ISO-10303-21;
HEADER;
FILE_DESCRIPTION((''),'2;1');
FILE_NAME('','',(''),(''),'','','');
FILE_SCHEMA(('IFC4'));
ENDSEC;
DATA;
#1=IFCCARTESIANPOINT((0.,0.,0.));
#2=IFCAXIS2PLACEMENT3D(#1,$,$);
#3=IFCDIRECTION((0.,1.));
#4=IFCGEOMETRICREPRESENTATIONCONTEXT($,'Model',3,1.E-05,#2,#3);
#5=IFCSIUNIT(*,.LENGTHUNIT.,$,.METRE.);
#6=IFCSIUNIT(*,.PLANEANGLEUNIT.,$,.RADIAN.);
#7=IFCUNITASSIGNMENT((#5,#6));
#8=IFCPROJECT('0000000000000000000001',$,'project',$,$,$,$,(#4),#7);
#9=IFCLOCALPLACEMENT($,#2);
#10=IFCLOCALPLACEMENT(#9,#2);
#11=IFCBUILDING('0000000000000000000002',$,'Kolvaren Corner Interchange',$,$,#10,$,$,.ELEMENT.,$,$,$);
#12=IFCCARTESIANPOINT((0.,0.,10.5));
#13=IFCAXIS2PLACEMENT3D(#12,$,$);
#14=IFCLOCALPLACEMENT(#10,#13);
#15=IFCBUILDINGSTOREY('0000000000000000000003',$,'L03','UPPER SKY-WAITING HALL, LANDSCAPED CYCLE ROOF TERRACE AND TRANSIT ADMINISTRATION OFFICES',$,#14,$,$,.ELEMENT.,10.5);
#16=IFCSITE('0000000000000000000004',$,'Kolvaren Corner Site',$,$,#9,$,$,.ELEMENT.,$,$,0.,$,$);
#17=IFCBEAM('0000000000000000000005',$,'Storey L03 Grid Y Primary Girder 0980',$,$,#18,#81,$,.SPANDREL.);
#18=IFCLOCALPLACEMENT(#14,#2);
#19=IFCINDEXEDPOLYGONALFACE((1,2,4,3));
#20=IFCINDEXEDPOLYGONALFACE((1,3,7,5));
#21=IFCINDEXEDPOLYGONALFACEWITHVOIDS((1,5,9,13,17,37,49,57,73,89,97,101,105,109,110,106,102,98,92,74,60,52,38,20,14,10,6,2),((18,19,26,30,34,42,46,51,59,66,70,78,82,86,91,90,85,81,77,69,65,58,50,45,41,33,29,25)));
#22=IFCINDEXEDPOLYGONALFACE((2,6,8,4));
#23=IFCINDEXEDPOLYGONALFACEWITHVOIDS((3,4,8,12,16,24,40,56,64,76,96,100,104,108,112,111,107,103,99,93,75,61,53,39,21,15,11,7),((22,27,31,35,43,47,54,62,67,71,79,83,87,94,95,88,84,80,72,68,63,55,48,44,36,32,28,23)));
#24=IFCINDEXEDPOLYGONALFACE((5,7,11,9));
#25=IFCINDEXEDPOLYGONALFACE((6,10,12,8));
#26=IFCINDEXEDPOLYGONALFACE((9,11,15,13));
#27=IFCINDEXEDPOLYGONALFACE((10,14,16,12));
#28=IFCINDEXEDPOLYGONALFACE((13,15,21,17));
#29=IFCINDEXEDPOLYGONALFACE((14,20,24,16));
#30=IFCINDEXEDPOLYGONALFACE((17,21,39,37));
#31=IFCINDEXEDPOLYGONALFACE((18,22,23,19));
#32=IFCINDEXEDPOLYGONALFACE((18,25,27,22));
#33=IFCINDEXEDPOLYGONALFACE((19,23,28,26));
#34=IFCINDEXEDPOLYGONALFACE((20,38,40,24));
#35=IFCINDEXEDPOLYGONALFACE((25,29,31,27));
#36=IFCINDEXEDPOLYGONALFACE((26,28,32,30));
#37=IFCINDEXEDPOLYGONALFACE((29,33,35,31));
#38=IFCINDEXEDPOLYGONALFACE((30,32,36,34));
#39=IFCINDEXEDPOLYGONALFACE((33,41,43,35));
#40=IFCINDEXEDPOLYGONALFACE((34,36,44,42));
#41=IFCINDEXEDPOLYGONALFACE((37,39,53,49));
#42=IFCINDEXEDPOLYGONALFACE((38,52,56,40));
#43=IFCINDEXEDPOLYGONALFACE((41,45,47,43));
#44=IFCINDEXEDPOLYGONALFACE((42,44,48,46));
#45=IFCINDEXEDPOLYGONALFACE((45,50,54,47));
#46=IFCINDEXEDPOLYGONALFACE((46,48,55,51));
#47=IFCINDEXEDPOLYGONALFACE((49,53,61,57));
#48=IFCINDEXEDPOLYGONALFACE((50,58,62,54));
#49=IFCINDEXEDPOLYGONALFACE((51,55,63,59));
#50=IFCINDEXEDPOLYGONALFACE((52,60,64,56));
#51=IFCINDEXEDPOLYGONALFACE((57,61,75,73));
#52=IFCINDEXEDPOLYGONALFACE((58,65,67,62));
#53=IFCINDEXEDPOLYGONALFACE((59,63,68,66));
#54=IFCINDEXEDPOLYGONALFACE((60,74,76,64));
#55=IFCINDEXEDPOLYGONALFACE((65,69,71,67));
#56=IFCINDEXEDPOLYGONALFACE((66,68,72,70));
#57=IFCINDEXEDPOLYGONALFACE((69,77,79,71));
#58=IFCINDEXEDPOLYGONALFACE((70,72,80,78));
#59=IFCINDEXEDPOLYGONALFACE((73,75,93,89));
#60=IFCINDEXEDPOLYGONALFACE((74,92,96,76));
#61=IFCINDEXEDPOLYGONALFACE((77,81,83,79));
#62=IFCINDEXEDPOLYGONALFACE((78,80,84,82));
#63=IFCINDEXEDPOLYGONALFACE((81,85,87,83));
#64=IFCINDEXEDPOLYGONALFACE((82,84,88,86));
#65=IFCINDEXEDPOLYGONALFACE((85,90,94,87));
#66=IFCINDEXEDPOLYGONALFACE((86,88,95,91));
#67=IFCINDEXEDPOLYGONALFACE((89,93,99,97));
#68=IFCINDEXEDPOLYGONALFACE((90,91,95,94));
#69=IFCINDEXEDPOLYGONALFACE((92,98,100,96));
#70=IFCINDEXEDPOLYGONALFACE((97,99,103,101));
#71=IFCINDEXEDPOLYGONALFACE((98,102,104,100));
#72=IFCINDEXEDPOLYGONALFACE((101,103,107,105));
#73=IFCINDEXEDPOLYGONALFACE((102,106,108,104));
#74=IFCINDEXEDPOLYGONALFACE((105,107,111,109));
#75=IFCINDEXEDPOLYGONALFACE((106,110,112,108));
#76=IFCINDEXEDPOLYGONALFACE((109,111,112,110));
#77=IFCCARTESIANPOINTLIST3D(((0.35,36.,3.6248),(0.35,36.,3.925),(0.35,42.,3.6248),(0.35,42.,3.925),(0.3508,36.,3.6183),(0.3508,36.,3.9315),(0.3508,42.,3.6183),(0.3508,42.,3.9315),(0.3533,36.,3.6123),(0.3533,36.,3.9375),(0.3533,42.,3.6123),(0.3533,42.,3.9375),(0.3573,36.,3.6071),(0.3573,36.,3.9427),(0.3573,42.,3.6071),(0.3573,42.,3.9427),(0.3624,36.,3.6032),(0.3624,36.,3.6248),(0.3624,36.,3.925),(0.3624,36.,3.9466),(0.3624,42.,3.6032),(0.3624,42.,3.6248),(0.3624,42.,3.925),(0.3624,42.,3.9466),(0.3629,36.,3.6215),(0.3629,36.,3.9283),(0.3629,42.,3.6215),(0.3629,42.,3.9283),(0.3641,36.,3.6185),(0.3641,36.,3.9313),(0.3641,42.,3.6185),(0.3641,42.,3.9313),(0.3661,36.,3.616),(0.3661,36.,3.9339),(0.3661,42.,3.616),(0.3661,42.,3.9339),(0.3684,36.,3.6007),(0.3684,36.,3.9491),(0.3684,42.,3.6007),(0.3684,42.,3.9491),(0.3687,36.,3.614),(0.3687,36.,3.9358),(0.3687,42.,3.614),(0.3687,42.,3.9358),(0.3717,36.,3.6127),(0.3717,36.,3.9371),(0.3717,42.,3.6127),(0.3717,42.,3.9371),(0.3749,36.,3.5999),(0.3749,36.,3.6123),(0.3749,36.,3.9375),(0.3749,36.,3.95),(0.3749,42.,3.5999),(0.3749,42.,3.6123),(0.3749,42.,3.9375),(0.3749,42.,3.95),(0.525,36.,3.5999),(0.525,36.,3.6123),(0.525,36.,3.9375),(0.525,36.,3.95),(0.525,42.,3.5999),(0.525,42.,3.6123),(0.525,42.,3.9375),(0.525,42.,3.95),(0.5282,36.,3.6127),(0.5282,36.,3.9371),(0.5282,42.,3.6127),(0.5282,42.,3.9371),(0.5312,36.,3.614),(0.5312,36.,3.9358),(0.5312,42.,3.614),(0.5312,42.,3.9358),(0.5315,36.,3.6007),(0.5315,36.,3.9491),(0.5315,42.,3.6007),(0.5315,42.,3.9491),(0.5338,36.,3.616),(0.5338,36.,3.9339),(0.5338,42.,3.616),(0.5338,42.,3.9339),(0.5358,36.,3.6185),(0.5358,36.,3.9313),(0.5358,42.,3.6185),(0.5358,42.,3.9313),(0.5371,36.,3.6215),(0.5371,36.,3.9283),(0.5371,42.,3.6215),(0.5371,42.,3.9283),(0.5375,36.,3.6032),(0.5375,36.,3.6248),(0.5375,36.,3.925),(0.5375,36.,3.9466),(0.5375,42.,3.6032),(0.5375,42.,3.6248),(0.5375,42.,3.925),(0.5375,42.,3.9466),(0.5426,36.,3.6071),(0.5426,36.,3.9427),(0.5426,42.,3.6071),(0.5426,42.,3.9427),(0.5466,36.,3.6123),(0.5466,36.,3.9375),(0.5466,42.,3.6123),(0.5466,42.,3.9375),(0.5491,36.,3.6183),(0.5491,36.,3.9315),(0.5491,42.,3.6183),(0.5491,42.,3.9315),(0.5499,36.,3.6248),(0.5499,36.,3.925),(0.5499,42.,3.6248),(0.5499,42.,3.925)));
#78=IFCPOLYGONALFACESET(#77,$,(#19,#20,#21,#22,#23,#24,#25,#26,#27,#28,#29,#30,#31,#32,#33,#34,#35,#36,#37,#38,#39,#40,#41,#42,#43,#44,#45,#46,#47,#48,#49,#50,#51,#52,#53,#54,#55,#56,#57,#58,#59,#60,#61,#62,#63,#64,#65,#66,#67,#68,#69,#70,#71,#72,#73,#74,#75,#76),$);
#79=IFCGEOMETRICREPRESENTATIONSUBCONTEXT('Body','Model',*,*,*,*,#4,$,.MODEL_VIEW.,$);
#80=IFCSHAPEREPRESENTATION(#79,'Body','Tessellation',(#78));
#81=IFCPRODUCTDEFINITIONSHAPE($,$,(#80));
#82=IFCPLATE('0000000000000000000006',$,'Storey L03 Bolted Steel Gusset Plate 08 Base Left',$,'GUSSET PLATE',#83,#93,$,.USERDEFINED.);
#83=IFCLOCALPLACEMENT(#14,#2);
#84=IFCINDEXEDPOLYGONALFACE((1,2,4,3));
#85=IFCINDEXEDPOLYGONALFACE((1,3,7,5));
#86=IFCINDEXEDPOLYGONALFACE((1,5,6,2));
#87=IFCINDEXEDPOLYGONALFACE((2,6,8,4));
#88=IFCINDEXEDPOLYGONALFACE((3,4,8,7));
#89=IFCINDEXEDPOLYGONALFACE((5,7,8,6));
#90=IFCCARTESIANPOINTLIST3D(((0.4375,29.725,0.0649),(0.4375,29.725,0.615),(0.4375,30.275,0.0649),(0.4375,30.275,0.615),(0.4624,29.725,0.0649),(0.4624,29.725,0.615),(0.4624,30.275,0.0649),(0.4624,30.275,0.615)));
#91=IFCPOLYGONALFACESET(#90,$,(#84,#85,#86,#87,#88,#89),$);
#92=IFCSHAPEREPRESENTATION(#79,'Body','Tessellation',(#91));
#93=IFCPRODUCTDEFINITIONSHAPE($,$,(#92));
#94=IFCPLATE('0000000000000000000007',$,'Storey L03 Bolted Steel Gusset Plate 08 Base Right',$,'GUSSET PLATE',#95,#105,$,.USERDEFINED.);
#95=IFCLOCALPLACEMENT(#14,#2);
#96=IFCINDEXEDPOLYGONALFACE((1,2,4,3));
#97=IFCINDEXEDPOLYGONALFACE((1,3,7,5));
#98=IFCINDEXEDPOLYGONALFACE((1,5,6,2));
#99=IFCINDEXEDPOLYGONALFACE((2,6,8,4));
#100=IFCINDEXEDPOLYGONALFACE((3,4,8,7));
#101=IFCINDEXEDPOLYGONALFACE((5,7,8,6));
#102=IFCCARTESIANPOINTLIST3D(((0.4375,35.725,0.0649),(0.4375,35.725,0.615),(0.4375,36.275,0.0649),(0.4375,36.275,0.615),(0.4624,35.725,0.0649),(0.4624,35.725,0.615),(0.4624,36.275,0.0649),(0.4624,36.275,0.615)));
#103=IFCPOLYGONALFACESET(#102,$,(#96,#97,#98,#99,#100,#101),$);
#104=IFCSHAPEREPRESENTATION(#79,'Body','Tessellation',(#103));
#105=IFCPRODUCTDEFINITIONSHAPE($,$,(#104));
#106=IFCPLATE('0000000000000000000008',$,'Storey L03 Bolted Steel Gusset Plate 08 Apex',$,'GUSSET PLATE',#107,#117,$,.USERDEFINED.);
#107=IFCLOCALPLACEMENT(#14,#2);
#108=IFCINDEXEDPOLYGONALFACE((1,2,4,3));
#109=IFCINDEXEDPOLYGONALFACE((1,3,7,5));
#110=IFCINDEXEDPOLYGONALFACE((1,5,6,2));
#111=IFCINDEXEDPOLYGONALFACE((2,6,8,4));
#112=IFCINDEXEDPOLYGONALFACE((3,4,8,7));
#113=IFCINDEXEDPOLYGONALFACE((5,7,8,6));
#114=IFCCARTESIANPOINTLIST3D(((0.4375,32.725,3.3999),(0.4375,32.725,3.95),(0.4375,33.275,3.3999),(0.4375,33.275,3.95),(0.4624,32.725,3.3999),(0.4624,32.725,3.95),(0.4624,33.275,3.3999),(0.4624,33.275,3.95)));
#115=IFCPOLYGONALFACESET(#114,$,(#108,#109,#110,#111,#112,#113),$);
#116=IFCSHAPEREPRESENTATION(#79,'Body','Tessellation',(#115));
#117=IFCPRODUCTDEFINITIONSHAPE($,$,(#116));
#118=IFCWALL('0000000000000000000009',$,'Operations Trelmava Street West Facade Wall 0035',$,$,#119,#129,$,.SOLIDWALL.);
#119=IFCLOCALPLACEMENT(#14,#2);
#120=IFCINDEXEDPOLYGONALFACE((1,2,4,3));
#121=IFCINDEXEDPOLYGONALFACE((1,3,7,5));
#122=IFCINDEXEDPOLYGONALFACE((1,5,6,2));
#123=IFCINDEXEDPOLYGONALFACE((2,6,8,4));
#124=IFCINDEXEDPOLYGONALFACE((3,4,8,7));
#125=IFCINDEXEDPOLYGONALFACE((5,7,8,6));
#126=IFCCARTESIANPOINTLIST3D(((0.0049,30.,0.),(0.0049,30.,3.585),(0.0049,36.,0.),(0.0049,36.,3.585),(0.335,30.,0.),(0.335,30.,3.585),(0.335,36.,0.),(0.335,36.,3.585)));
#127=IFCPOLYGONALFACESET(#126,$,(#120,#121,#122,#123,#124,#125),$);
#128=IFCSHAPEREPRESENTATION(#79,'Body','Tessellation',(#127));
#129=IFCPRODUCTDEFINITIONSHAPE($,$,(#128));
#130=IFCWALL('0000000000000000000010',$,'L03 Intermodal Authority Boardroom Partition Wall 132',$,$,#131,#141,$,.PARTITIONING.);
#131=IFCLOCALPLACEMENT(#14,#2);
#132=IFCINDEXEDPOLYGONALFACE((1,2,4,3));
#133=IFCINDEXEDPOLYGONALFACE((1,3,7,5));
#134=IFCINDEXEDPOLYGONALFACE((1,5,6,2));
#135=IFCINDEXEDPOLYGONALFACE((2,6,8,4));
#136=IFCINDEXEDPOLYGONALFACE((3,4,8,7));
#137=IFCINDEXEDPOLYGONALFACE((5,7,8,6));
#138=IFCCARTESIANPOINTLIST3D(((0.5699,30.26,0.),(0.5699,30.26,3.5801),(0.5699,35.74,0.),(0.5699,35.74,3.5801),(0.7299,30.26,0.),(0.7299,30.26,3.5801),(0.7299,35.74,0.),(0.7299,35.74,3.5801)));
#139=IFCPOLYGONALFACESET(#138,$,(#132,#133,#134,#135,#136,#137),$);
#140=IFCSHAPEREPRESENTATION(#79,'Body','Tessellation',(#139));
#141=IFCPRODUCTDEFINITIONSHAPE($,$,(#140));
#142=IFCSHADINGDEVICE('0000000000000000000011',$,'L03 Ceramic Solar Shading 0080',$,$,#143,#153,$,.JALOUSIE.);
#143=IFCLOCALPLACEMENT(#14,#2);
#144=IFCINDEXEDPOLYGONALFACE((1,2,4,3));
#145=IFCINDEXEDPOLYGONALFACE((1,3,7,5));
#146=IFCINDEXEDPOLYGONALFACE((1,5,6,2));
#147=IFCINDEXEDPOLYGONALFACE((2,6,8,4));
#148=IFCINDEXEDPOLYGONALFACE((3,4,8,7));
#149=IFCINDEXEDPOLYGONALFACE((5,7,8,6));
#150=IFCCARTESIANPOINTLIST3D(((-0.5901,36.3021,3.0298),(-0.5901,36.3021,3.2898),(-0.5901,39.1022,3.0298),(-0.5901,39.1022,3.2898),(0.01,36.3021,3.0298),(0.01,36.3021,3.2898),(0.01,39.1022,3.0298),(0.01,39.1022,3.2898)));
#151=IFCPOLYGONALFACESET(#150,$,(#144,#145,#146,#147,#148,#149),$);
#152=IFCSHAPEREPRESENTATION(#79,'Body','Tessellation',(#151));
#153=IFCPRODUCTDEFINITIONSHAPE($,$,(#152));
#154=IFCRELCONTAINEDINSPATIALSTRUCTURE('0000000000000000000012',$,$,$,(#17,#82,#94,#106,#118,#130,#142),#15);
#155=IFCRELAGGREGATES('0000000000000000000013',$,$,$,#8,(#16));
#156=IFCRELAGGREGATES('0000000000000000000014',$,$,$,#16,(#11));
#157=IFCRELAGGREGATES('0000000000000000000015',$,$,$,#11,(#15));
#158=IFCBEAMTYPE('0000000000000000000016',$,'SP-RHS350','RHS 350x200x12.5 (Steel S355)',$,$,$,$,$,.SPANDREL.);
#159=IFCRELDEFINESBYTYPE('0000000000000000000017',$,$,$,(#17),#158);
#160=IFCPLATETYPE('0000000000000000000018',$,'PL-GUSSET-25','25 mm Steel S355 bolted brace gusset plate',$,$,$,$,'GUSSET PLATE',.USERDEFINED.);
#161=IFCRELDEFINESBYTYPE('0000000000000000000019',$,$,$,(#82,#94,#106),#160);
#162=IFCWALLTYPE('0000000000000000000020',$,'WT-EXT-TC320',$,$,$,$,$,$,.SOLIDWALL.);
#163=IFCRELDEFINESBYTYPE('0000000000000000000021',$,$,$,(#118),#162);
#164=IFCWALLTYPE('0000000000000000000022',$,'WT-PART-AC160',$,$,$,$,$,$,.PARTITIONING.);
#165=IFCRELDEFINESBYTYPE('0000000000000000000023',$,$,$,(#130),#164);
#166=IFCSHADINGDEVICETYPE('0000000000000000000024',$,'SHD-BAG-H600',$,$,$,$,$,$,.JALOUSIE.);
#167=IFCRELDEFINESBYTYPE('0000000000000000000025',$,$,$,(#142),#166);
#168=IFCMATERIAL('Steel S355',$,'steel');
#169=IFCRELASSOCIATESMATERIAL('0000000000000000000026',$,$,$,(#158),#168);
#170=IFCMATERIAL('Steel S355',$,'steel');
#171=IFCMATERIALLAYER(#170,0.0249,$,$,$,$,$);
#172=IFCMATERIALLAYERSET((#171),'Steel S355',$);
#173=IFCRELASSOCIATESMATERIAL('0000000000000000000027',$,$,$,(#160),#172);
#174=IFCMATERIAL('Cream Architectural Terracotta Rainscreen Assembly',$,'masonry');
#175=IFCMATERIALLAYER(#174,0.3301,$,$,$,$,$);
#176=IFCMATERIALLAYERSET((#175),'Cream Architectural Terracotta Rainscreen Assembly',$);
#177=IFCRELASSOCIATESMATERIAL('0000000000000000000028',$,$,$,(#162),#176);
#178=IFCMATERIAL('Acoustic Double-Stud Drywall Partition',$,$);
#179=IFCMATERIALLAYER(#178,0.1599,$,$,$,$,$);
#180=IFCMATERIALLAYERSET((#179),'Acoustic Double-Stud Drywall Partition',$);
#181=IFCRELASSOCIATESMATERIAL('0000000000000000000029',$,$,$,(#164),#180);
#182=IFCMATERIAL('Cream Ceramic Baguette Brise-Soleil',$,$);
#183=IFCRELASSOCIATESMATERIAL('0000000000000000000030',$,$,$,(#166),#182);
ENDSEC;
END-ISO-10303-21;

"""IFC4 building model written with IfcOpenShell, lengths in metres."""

from ifc_helpers import new_model, si_unit, direction, frame, frame_2d, origin, origin_2d, place, context, subcontext, project, spatial, rectangle, hollow_rectangle, extrude, material, layer, layer_set, material_profile, profile_set, type_object, element, save


model = new_model("IFC4")

# Units and contexts
model_context = context("Model", 3, precision=1e-05, world=origin(), true_north=direction((0.0, 1.0)))
body_context = subcontext(model_context, "Body", "Model", "MODEL_VIEW")
ifc_project = project(units=[si_unit("LENGTHUNIT", "METRE"), si_unit("PLANEANGLEUNIT", "RADIAN")], contexts=[model_context])

# Site, building, storey
site_placement = place(None, origin())
site = spatial("IfcSite", under=ifc_project, at=site_placement, Name="Kolvaren Corner Site", CompositionType="ELEMENT", RefElevation=0.0)
building_placement = place(site_placement, origin())
building = spatial("IfcBuilding", under=site, at=building_placement, Name="Kolvaren Corner Interchange", CompositionType="ELEMENT")
storey_placement = place(building_placement, frame((0.0, 0.0, 10.5)))
storey = spatial("IfcBuildingStorey", under=building, at=storey_placement, Name="L03", Description="UPPER SKY-WAITING HALL, LANDSCAPED CYCLE ROOF TERRACE AND TRANSIT ADMINISTRATION OFFICES", CompositionType="ELEMENT", Elevation=10.5)

# Beam
ifc_material_1 = material(Name="Steel S355", Category="steel")
ifc_material_profile_1 = material_profile(ifc_material_1, hollow_rectangle(XDim=0.2, YDim=0.3501, WallThickness=0.0125, InnerFilletRadius=0.0125, OuterFilletRadius=0.0249, at=origin_2d()), Name="RHS 350x200x12.5")
ifc_profile_set_1 = profile_set([ifc_material_profile_1], Name="Steel S355")
beam_type_1 = type_object("IfcBeamType", Name="SP-RHS350", Description="RHS 350x200x12.5 (Steel S355)", PredefinedType="SPANDREL", material=ifc_profile_set_1)
beam_1_placement = place(storey_placement, frame((0.45, 36.0, 3.7749), z_axis=(0.0, 1.0, 0.0), x_axis=(-1.0, 0.0, 0.0)))
element("IfcBeam", 1, at=beam_1_placement, inside=storey, type_object=beam_type_1, Name="Storey L03 Grid Y Primary Girder 0980", PredefinedType="SPANDREL", context=body_context, shape_type="SweptSolid", body=[
    extrude(hollow_rectangle(XDim=0.2, YDim=0.3501, WallThickness=0.0125, InnerFilletRadius=0.0125, OuterFilletRadius=0.0249, at=origin_2d()), origin(), (0.0, 0.0, 1.0), 6.0),
])

# Plates
ifc_material_2 = material(Name="Steel S355", Category="steel")
ifc_layer_1 = layer(ifc_material_2, 0.0249)
ifc_layer_set_1 = layer_set([ifc_layer_1], Name="Steel S355")
plate_type = type_object("IfcPlateType", Name="PL-GUSSET-25", Description="25 mm Steel S355 bolted brace gusset plate", ElementType="GUSSET PLATE", PredefinedType="USERDEFINED", material=ifc_layer_set_1)
for number, where, z_axis, x_axis, name in (
    (2, (0.45, 30.0, 0.0649), (0.0, 0.0, 1.0), (0.0, 1.0, 0.0), "Storey L03 Bolted Steel Gusset Plate 08 Base Left"),
    (3, (0.45, 36.0, 0.0649), (0.0, 0.0, 1.0), (0.0, 1.0, 0.0), "Storey L03 Bolted Steel Gusset Plate 08 Base Right"),
    (4, (0.45, 33.0, 3.3999), (0.0, 0.0, 1.0), (0.0, 1.0, 0.0), "Storey L03 Bolted Steel Gusset Plate 08 Apex"),
):
    element("IfcPlate", number, at=place(storey_placement, frame(where, z_axis=z_axis, x_axis=x_axis)), inside=storey, type_object=plate_type, Name=name, ObjectType="GUSSET PLATE", PredefinedType="USERDEFINED", context=body_context, shape_type="SweptSolid", body=[
        extrude(rectangle(XDim=0.55, YDim=0.0249, at=origin_2d()), origin(), (0.0, 0.0, 1.0), 0.55),
    ])

# Walls
ifc_material_3 = material(Name="Cream Architectural Terracotta Rainscreen Assembly", Category="masonry")
ifc_layer_2 = layer(ifc_material_3, 0.3301)
ifc_layer_set_2 = layer_set([ifc_layer_2], Name="Cream Architectural Terracotta Rainscreen Assembly")
wall_type_1 = type_object("IfcWallType", Name="WT-EXT-TC320", PredefinedType="SOLIDWALL", material=ifc_layer_set_2)
wall_1_placement = place(storey_placement, frame((0.1699, 36.0, 0.0), z_axis=(0.0, 0.0, 1.0), x_axis=(0.0, -1.0, 0.0)))
element("IfcWall", 5, at=wall_1_placement, inside=storey, type_object=wall_type_1, Name="Operations Trelmava Street West Facade Wall 0035", PredefinedType="SOLIDWALL", context=body_context, shape_type="SweptSolid", body=[
    extrude(rectangle(XDim=6.0, YDim=0.3301, at=frame_2d((3.0, 0.0))), origin(), (0.0, 0.0, 1.0), 3.585),
])
ifc_material_4 = material(Name="Acoustic Double-Stud Drywall Partition")
ifc_layer_3 = layer(ifc_material_4, 0.1599)
ifc_layer_set_3 = layer_set([ifc_layer_3], Name="Acoustic Double-Stud Drywall Partition")
wall_type_2 = type_object("IfcWallType", Name="WT-PART-AC160", PredefinedType="PARTITIONING", material=ifc_layer_set_3)
wall_2_placement = place(storey_placement, frame((0.6499, 35.74, 0.0), z_axis=(0.0, 0.0, 1.0), x_axis=(0.0, -1.0, 0.0)))
element("IfcWall", 6, at=wall_2_placement, inside=storey, type_object=wall_type_2, Name="L03 Intermodal Authority Boardroom Partition Wall 132", PredefinedType="PARTITIONING", context=body_context, shape_type="SweptSolid", body=[
    extrude(rectangle(XDim=5.48, YDim=0.1599, at=frame_2d((2.74, 0.0))), origin(), (0.0, 0.0, 1.0), 3.5801),
])

# Shading device
ifc_material_5 = material(Name="Cream Ceramic Baguette Brise-Soleil")
shading_device_type = type_object("IfcShadingDeviceType", Name="SHD-BAG-H600", PredefinedType="JALOUSIE", material=ifc_material_5)
shading_device_placement = place(storey_placement, frame((-0.29, 37.7021, 3.0298), z_axis=(0.0, 0.0, 1.0), x_axis=(0.0, -1.0, 0.0)))
element("IfcShadingDevice", 7, at=shading_device_placement, inside=storey, type_object=shading_device_type, Name="L03 Ceramic Solar Shading 0080", PredefinedType="JALOUSIE", context=body_context, shape_type="SweptSolid", body=[
    extrude(rectangle(XDim=2.8, YDim=0.6001, at=origin_2d()), origin(), (0.0, 0.0, 1.0), 0.26),
])

save(model, "model.ifc")
